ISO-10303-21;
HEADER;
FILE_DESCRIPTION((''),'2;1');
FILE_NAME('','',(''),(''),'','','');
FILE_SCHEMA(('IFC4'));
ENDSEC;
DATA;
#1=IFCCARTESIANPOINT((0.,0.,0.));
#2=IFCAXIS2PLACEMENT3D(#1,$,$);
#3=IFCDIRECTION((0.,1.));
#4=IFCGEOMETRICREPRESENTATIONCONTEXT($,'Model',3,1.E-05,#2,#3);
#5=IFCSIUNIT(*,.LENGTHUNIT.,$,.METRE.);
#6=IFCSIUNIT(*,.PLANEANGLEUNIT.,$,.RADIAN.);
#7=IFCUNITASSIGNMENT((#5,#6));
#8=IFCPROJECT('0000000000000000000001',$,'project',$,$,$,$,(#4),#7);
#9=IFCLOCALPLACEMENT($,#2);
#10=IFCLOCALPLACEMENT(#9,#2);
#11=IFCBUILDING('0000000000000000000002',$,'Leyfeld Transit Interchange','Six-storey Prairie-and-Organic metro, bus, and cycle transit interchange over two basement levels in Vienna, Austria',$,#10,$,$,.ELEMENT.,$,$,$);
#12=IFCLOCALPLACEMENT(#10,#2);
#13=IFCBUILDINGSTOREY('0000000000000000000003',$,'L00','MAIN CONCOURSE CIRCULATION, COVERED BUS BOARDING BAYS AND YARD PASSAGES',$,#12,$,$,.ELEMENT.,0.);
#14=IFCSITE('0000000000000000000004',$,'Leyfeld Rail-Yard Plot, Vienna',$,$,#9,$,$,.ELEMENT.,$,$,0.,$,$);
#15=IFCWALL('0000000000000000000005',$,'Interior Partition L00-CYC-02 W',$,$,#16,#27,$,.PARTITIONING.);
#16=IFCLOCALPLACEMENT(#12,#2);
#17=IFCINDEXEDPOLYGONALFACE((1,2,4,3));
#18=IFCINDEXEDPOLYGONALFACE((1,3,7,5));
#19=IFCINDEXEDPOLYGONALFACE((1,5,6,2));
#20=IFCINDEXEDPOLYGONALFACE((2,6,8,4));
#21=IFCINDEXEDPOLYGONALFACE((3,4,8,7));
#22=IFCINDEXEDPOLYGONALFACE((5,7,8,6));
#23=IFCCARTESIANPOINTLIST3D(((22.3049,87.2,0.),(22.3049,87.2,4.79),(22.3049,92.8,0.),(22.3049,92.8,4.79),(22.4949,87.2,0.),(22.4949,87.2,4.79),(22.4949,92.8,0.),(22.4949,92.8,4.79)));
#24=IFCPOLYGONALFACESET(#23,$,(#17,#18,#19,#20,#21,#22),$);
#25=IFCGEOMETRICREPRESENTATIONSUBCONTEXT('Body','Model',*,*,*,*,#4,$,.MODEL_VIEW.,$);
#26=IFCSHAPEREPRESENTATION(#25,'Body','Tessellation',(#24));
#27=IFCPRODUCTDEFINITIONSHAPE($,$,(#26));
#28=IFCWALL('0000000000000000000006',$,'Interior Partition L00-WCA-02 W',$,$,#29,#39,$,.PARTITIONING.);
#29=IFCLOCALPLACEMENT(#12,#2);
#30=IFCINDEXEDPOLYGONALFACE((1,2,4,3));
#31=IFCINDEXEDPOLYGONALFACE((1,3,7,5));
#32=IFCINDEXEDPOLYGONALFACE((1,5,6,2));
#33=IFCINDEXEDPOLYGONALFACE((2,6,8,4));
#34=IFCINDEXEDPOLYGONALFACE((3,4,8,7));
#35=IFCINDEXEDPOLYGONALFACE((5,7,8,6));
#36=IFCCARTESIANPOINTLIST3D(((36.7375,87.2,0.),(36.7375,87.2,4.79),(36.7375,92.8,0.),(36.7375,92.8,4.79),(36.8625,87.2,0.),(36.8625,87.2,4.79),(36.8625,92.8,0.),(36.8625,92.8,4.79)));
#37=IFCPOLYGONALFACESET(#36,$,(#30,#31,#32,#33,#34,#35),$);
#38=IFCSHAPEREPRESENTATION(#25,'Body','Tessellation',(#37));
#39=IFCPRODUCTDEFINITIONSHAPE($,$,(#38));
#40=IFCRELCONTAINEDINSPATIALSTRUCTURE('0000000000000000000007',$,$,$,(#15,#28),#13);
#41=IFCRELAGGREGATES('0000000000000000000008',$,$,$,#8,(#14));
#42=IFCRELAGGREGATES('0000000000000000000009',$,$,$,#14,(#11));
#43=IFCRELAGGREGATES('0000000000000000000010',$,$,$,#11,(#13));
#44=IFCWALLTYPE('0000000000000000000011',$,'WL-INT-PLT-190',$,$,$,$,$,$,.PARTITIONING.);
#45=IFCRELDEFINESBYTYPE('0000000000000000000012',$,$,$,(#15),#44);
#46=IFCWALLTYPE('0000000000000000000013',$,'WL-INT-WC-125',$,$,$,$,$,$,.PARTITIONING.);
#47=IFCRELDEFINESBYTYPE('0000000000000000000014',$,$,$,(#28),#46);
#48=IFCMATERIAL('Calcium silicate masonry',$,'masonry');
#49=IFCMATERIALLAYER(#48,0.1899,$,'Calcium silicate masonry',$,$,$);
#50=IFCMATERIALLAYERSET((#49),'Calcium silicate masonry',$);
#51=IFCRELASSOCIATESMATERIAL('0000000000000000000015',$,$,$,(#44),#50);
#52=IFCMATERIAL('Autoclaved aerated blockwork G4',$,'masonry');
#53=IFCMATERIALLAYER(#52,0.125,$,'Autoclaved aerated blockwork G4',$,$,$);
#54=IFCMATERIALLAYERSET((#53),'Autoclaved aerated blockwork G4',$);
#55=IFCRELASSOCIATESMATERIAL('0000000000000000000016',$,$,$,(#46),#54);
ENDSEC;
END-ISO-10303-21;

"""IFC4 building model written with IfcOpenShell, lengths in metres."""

from ifc_helpers import new_model, si_unit, direction, frame, frame_2d, origin, place, context, subcontext, project, spatial, rectangle, extrude, material, layer, layer_set, type_object, element, save


model = new_model("IFC4")

# Units and contexts
model_context = context("Model", 3, precision=1e-05, world=origin(), true_north=direction((0.0, 1.0)))
body_context = subcontext(model_context, "Body", "Model", "MODEL_VIEW")
ifc_project = project(units=[si_unit("LENGTHUNIT", "METRE"), si_unit("PLANEANGLEUNIT", "RADIAN")], contexts=[model_context])

# Site, building, storey
site_placement = place(None, origin())
site = spatial("IfcSite", under=ifc_project, at=site_placement, Name="Leyfeld Rail-Yard Plot, Vienna", CompositionType="ELEMENT", RefElevation=0.0)
building_placement = place(site_placement, origin())
building = spatial("IfcBuilding", under=site, at=building_placement, Name="Leyfeld Transit Interchange", Description="Six-storey Prairie-and-Organic metro, bus, and cycle transit interchange over two basement levels in Vienna, Austria", CompositionType="ELEMENT")
storey_placement = place(building_placement, origin())
storey = spatial("IfcBuildingStorey", under=building, at=storey_placement, Name="L00", Description="MAIN CONCOURSE CIRCULATION, COVERED BUS BOARDING BAYS AND YARD PASSAGES", CompositionType="ELEMENT", Elevation=0.0)

# Shared definitions
ifc_material_1 = material(Name="Calcium silicate masonry", Category="masonry")
ifc_layer_1 = layer(ifc_material_1, 0.1899, Name="Calcium silicate masonry")
ifc_layer_set_1 = layer_set([ifc_layer_1], Name="Calcium silicate masonry")
wall_type_1 = type_object("IfcWallType", Name="WL-INT-PLT-190", PredefinedType="PARTITIONING", material=ifc_layer_set_1)

# Walls
wall_1_placement = place(storey_placement, frame((22.3999, 87.2, 0.0), z_axis=(0.0, 0.0, 1.0), x_axis=(0.0, 1.0, 0.0)))
element("IfcWall", 1, at=wall_1_placement, inside=storey, type_object=wall_type_1, Name="Interior Partition L00-CYC-02 W", PredefinedType="PARTITIONING", context=body_context, shape_type="SweptSolid", body=[
    extrude(rectangle(XDim=5.6001, YDim=0.1899, at=frame_2d((2.8, 0.0))), origin(), (0.0, 0.0, 1.0), 4.79),
])
ifc_material_2 = material(Name="Autoclaved aerated blockwork G4", Category="masonry")
ifc_layer_2 = layer(ifc_material_2, 0.125, Name="Autoclaved aerated blockwork G4")
ifc_layer_set_2 = layer_set([ifc_layer_2], Name="Autoclaved aerated blockwork G4")
wall_type_2 = type_object("IfcWallType", Name="WL-INT-WC-125", PredefinedType="PARTITIONING", material=ifc_layer_set_2)
wall_2_placement = place(storey_placement, frame((36.8, 87.2, 0.0), z_axis=(0.0, 0.0, 1.0), x_axis=(0.0, 1.0, 0.0)))
element("IfcWall", 2, at=wall_2_placement, inside=storey, type_object=wall_type_2, Name="Interior Partition L00-WCA-02 W", PredefinedType="PARTITIONING", context=body_context, shape_type="SweptSolid", body=[
    extrude(rectangle(XDim=5.6001, YDim=0.125, at=frame_2d((2.8, 0.0))), origin(), (0.0, 0.0, 1.0), 4.79),
])

save(model, "model.ifc")
